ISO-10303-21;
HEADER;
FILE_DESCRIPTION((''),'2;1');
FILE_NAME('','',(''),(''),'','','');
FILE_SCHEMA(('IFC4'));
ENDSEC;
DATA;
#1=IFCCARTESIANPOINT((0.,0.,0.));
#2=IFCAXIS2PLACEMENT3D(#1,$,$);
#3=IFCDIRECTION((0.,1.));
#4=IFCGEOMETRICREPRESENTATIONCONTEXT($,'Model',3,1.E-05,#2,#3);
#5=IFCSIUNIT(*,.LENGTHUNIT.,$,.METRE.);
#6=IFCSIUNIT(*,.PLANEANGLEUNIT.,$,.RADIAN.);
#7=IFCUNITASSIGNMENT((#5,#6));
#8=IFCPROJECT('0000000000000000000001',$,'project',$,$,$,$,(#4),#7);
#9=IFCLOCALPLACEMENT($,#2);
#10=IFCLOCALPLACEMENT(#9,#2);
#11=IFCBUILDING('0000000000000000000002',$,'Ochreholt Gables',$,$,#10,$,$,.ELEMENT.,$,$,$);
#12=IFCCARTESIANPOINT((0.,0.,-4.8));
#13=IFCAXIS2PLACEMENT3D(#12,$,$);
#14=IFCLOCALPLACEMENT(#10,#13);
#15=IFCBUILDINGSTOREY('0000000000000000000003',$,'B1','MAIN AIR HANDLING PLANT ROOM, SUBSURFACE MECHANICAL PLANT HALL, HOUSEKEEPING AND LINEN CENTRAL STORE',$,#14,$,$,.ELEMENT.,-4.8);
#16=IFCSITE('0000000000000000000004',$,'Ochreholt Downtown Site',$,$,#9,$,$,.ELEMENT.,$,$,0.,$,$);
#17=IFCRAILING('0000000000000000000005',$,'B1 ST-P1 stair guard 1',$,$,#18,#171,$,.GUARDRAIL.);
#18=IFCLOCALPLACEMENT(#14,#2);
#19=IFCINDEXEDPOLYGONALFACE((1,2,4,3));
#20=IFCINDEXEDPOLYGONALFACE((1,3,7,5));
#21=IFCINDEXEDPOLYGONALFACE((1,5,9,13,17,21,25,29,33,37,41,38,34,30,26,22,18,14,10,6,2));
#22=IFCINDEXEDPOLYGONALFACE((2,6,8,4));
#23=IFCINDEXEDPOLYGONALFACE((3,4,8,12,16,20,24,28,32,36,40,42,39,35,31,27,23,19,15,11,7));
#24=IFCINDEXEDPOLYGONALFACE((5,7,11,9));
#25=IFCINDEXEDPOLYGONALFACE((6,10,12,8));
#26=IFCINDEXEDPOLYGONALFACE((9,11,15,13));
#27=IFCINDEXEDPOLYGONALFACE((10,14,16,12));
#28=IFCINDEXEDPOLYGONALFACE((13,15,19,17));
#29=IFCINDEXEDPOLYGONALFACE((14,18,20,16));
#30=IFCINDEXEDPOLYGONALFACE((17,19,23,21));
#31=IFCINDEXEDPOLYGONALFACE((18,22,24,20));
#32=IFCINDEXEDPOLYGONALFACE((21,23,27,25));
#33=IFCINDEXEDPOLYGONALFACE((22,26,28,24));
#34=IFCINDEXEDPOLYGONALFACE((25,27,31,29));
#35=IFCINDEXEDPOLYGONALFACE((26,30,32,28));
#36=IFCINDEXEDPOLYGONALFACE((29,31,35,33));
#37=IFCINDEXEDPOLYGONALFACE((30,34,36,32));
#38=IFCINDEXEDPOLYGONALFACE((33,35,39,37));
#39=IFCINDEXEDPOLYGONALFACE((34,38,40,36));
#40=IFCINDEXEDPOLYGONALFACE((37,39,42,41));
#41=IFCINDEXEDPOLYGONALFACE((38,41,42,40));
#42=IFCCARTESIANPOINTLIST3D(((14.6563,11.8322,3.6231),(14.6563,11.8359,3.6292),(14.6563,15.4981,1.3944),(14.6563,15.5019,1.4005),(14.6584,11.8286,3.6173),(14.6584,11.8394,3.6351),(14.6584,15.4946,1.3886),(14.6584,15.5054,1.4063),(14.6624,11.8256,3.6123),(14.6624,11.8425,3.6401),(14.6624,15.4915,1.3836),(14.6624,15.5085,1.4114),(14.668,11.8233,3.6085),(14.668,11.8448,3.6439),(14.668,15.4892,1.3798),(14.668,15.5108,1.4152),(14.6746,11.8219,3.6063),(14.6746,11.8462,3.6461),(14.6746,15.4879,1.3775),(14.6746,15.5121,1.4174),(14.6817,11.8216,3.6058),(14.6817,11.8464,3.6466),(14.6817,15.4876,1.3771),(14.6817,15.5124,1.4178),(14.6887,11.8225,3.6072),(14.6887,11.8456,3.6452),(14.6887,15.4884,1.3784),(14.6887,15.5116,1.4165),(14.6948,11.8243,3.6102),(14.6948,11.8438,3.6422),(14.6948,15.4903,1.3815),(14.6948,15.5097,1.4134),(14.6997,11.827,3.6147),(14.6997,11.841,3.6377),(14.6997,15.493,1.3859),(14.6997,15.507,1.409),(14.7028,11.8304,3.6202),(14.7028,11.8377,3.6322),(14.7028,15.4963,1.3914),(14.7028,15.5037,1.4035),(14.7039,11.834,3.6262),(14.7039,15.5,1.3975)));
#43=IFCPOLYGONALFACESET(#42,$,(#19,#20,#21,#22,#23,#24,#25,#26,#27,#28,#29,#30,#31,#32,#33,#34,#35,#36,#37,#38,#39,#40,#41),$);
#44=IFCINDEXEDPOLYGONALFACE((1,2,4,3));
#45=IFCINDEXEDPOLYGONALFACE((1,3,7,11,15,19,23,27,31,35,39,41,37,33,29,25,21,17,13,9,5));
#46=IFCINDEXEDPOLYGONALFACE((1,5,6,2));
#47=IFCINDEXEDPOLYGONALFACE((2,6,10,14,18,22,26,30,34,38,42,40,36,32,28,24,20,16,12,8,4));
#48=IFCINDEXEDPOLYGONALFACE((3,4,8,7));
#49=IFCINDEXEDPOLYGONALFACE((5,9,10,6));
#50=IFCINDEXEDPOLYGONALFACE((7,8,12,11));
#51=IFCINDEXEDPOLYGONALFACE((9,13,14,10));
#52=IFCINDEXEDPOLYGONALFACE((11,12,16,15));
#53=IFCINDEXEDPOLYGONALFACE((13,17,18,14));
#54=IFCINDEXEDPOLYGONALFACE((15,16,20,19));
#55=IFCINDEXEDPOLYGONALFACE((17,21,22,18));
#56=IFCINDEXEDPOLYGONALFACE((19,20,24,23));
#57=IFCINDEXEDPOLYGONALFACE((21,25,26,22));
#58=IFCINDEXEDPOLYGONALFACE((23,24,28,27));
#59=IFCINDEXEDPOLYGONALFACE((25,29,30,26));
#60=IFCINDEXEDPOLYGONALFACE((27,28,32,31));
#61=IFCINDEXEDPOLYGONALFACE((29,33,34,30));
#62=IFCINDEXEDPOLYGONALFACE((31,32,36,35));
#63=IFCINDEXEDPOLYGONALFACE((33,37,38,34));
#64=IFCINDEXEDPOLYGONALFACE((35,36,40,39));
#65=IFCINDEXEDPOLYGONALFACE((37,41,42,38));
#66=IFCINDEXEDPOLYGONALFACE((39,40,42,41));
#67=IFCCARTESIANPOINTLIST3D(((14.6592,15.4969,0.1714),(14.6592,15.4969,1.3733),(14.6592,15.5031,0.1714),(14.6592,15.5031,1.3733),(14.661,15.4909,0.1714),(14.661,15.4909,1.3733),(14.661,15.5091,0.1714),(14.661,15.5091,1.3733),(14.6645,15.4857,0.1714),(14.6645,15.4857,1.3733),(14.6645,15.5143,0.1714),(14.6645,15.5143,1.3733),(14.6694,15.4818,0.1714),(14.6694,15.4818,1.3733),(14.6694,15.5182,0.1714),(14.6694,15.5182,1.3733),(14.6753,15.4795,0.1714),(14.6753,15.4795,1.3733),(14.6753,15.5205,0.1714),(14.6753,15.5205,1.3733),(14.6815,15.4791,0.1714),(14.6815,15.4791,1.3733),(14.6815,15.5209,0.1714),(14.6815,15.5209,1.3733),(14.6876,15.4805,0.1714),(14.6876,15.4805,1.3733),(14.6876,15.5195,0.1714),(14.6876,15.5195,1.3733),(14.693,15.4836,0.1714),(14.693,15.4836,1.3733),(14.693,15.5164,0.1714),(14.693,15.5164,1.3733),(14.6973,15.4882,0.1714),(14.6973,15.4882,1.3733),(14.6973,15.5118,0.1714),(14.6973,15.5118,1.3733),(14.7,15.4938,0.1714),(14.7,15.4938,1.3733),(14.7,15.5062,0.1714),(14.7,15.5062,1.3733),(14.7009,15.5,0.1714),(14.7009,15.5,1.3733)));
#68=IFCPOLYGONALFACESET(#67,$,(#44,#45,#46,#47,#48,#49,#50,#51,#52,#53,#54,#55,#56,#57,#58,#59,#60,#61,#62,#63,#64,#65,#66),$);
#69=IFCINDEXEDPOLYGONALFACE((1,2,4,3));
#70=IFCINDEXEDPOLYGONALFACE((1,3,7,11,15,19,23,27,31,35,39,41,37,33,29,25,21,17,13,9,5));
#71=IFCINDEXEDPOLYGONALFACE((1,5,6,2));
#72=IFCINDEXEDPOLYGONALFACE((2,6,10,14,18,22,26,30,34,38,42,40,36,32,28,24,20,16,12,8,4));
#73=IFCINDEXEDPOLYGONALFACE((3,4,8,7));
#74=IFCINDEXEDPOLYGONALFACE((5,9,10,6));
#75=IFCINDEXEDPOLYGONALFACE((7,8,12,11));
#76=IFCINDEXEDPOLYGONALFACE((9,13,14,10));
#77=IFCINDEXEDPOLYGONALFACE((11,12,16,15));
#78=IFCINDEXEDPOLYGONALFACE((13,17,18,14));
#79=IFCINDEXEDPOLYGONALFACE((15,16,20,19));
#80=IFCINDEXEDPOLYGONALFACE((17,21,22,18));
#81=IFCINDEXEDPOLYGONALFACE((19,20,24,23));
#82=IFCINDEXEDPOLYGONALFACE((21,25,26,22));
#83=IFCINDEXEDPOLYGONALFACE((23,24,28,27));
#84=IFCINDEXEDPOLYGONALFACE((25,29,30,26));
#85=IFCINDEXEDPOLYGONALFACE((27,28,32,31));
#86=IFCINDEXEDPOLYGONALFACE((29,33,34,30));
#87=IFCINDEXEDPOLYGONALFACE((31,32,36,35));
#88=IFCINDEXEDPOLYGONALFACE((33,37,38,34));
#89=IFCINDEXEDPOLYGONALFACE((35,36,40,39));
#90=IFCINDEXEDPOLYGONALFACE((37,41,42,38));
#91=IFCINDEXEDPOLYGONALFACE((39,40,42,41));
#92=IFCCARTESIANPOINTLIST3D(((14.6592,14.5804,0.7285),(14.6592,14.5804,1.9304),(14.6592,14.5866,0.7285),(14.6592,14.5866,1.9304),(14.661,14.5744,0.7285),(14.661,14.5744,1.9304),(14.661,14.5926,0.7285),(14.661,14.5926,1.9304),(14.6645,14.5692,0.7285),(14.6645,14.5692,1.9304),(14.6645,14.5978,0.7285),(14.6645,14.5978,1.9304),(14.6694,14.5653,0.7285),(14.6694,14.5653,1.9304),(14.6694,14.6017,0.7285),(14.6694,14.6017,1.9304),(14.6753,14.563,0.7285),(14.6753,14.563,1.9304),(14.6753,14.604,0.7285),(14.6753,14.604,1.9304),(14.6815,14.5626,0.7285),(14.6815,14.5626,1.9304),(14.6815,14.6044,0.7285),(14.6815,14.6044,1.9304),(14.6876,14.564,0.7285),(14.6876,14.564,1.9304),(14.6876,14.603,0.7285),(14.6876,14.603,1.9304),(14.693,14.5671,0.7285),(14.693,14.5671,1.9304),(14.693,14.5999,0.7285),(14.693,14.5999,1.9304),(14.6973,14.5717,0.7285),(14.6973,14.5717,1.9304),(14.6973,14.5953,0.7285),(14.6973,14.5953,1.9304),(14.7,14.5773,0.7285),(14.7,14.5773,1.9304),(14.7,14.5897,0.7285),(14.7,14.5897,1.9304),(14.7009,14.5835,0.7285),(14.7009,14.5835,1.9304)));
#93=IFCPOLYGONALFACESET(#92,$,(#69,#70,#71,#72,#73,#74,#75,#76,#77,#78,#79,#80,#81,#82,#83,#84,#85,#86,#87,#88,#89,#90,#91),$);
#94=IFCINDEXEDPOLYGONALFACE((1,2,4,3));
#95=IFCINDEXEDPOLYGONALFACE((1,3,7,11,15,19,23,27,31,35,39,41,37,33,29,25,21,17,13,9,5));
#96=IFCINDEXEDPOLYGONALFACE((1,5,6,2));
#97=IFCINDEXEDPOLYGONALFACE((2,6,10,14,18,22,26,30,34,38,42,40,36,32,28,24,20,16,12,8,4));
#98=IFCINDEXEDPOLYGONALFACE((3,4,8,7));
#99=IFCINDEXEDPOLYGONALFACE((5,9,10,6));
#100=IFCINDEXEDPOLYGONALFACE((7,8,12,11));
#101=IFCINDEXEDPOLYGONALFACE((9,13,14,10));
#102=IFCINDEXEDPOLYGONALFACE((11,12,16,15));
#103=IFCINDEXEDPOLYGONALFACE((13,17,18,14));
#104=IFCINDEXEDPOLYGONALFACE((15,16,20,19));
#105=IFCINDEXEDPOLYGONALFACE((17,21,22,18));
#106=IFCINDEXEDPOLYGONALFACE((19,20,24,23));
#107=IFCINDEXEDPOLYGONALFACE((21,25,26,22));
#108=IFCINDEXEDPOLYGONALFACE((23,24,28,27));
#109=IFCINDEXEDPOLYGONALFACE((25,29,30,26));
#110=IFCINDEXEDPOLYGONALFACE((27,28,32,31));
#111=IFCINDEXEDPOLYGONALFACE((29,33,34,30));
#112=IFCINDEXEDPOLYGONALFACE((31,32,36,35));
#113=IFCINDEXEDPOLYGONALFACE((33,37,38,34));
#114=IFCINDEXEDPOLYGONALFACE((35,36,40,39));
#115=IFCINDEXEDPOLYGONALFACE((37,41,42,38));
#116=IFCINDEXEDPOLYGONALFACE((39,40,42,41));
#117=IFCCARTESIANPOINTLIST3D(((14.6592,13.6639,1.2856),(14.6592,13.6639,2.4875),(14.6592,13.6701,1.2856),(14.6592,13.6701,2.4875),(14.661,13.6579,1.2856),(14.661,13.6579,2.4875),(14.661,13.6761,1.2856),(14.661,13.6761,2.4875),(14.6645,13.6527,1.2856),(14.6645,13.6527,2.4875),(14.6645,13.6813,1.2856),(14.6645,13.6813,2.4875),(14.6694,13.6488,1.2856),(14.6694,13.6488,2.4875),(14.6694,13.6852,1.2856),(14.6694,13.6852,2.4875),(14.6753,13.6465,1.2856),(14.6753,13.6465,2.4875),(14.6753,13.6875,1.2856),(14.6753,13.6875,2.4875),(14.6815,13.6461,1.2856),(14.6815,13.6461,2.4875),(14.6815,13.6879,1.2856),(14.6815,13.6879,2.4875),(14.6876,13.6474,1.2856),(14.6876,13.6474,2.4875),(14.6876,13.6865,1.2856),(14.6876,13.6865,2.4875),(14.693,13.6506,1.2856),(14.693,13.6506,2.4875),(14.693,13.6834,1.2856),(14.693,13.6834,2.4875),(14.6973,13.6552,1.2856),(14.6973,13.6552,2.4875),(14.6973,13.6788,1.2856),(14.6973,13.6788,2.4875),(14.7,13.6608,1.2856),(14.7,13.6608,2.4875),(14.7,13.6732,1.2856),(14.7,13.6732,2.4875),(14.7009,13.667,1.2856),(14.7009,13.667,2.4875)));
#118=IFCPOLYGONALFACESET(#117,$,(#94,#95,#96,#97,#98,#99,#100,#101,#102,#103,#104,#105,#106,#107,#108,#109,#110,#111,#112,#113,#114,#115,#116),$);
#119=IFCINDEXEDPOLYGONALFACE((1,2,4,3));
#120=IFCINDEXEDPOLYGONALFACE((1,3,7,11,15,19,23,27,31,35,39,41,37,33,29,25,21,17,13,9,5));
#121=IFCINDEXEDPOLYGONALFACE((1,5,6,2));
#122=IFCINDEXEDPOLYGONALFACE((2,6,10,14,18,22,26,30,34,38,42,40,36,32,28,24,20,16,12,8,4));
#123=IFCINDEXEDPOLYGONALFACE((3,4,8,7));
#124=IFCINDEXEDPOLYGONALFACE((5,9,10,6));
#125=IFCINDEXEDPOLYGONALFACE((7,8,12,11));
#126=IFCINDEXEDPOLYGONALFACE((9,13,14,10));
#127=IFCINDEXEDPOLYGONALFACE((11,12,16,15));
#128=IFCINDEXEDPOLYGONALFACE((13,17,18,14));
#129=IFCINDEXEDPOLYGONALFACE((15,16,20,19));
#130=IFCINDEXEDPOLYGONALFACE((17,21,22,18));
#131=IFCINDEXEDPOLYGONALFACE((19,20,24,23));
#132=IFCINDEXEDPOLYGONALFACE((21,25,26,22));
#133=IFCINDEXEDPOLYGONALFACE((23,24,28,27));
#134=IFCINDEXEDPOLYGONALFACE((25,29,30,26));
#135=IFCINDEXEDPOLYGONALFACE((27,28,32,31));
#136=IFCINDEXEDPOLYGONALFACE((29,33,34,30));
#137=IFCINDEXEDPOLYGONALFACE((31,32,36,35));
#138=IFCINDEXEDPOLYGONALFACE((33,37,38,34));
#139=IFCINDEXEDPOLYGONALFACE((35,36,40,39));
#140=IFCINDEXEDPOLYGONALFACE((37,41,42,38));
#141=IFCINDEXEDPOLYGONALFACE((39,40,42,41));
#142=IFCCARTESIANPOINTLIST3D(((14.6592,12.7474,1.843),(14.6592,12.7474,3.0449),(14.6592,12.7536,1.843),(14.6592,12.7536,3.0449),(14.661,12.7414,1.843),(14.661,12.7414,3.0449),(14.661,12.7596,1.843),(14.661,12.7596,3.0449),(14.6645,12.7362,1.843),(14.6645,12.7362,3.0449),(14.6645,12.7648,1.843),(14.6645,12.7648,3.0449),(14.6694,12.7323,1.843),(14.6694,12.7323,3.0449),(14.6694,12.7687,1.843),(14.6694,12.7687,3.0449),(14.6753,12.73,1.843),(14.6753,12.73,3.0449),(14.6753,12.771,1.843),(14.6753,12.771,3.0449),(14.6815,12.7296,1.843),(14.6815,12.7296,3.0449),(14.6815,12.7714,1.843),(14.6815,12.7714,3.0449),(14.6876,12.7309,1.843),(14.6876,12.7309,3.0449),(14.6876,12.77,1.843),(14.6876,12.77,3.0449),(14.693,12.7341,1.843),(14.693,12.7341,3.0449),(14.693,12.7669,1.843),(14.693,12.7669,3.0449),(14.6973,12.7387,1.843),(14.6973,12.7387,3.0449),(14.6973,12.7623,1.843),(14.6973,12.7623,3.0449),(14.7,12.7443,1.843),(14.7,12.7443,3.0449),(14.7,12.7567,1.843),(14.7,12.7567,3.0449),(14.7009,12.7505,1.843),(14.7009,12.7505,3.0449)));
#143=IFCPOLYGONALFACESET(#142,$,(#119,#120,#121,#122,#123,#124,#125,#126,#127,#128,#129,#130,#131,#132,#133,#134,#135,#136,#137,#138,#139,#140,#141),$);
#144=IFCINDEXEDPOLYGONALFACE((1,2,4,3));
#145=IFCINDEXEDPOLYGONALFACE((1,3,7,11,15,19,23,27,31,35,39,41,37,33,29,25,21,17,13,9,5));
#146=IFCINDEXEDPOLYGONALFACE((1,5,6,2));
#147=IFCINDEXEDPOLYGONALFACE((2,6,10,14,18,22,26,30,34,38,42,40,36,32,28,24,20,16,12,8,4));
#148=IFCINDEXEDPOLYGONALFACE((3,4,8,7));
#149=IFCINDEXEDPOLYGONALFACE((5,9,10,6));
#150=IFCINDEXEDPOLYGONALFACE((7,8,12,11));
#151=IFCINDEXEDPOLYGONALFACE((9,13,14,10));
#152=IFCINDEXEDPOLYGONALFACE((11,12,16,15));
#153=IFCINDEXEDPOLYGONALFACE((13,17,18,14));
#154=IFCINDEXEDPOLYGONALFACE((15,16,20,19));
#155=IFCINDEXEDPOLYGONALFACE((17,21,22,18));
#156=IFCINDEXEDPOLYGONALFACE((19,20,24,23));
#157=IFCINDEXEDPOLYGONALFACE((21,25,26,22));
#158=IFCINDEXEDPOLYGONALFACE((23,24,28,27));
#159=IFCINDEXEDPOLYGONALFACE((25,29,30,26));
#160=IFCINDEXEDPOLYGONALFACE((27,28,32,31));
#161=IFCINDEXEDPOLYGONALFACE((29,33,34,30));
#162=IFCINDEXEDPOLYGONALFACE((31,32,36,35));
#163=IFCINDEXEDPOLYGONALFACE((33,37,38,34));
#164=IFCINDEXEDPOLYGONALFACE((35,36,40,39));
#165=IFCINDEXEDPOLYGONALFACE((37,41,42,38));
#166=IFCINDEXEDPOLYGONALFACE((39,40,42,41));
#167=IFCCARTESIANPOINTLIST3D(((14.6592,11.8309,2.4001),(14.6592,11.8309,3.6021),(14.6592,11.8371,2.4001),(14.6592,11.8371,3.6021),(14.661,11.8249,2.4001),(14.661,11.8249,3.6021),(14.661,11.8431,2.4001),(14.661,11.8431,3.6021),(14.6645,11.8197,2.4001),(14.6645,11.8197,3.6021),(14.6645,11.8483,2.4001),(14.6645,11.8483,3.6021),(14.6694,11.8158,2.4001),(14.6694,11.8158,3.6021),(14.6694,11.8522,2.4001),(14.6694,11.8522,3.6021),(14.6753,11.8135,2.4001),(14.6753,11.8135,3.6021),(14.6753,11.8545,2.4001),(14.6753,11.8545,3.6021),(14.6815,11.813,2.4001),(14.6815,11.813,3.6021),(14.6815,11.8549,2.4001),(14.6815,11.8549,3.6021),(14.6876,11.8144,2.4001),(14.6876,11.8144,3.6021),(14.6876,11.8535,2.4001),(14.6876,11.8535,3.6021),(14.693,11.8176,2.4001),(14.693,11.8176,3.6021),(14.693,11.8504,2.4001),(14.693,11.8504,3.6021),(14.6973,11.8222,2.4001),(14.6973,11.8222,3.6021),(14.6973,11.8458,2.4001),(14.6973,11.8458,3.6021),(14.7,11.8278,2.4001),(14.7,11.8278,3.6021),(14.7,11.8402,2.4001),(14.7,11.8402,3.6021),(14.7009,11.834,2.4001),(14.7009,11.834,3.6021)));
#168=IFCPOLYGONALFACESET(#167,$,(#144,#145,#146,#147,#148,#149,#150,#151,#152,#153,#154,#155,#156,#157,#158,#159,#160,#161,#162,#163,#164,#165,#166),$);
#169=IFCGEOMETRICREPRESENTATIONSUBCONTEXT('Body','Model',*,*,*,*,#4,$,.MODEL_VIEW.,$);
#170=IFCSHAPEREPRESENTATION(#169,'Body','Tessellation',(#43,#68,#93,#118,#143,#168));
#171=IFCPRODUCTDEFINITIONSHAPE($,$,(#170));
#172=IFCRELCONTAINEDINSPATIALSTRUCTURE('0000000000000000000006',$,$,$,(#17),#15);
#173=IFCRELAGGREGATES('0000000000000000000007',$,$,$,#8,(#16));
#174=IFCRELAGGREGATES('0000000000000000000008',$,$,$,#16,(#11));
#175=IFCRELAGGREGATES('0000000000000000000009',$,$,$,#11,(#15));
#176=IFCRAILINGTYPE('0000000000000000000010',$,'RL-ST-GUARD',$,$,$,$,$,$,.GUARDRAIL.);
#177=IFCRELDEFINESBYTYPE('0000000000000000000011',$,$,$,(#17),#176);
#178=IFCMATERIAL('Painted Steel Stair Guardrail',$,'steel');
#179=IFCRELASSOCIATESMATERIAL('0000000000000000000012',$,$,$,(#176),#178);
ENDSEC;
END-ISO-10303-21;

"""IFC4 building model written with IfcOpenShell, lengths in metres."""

from ifc_helpers import new_model, si_unit, direction, frame, origin, origin_2d, place, context, subcontext, project, spatial, circle, extrude, material, type_object, element, save


model = new_model("IFC4")

# Units and contexts
model_context = context("Model", 3, precision=1e-05, world=origin(), true_north=direction((0.0, 1.0)))
body_context = subcontext(model_context, "Body", "Model", "MODEL_VIEW")
ifc_project = project(units=[si_unit("LENGTHUNIT", "METRE"), si_unit("PLANEANGLEUNIT", "RADIAN")], contexts=[model_context])

# Site, building, storey
site_placement = place(None, origin())
site = spatial("IfcSite", under=ifc_project, at=site_placement, Name="Ochreholt Downtown Site", CompositionType="ELEMENT", RefElevation=0.0)
building_placement = place(site_placement, origin())
building = spatial("IfcBuilding", under=site, at=building_placement, Name="Ochreholt Gables", CompositionType="ELEMENT")
storey_placement = place(building_placement, frame((0.0, 0.0, -4.8)))
storey = spatial("IfcBuildingStorey", under=building, at=storey_placement, Name="B1", Description="MAIN AIR HANDLING PLANT ROOM, SUBSURFACE MECHANICAL PLANT HALL, HOUSEKEEPING AND LINEN CENTRAL STORE", CompositionType="ELEMENT", Elevation=-4.8)

# Railing
ifc_material_1 = material(Name="Painted Steel Stair Guardrail", Category="steel")
railing_type_1 = type_object("IfcRailingType", Name="RL-ST-GUARD", PredefinedType="GUARDRAIL", material=ifc_material_1)
railing_1_placement = place(storey_placement, frame((14.6799, 15.5, 0.1714)))
element("IfcRailing", 1, at=railing_1_placement, inside=storey, type_object=railing_type_1, Name="B1 ST-P1 stair guard 1", PredefinedType="GUARDRAIL", context=body_context, shape_type="SweptSolid", body=[
    extrude(circle(Radius=0.0239, at=origin_2d()), frame((0.0, 0.0, 1.2261), z_axis=(0.0, -0.854481, 0.519483), x_axis=(1.0, 0.0, 0.0)), (0.0, 0.0, 1.0), 4.2903),
    extrude(circle(Radius=0.021, at=origin_2d()), origin(), (0.0, 0.0, 1.0), 1.2019),
    extrude(circle(Radius=0.021, at=origin_2d()), frame((0.0, -0.9165, 0.5571)), (0.0, 0.0, 1.0), 1.2019),
    extrude(circle(Radius=0.021, at=origin_2d()), frame((0.0, -1.833, 1.1143)), (0.0, 0.0, 1.0), 1.2019),
    extrude(circle(Radius=0.021, at=origin_2d()), frame((0.0, -2.7495, 1.6716)), (0.0, 0.0, 1.0), 1.2019),
    extrude(circle(Radius=0.021, at=origin_2d()), frame((0.0, -3.666, 2.2288)), (0.0, 0.0, 1.0), 1.2019),
])

save(model, "model.ifc")
